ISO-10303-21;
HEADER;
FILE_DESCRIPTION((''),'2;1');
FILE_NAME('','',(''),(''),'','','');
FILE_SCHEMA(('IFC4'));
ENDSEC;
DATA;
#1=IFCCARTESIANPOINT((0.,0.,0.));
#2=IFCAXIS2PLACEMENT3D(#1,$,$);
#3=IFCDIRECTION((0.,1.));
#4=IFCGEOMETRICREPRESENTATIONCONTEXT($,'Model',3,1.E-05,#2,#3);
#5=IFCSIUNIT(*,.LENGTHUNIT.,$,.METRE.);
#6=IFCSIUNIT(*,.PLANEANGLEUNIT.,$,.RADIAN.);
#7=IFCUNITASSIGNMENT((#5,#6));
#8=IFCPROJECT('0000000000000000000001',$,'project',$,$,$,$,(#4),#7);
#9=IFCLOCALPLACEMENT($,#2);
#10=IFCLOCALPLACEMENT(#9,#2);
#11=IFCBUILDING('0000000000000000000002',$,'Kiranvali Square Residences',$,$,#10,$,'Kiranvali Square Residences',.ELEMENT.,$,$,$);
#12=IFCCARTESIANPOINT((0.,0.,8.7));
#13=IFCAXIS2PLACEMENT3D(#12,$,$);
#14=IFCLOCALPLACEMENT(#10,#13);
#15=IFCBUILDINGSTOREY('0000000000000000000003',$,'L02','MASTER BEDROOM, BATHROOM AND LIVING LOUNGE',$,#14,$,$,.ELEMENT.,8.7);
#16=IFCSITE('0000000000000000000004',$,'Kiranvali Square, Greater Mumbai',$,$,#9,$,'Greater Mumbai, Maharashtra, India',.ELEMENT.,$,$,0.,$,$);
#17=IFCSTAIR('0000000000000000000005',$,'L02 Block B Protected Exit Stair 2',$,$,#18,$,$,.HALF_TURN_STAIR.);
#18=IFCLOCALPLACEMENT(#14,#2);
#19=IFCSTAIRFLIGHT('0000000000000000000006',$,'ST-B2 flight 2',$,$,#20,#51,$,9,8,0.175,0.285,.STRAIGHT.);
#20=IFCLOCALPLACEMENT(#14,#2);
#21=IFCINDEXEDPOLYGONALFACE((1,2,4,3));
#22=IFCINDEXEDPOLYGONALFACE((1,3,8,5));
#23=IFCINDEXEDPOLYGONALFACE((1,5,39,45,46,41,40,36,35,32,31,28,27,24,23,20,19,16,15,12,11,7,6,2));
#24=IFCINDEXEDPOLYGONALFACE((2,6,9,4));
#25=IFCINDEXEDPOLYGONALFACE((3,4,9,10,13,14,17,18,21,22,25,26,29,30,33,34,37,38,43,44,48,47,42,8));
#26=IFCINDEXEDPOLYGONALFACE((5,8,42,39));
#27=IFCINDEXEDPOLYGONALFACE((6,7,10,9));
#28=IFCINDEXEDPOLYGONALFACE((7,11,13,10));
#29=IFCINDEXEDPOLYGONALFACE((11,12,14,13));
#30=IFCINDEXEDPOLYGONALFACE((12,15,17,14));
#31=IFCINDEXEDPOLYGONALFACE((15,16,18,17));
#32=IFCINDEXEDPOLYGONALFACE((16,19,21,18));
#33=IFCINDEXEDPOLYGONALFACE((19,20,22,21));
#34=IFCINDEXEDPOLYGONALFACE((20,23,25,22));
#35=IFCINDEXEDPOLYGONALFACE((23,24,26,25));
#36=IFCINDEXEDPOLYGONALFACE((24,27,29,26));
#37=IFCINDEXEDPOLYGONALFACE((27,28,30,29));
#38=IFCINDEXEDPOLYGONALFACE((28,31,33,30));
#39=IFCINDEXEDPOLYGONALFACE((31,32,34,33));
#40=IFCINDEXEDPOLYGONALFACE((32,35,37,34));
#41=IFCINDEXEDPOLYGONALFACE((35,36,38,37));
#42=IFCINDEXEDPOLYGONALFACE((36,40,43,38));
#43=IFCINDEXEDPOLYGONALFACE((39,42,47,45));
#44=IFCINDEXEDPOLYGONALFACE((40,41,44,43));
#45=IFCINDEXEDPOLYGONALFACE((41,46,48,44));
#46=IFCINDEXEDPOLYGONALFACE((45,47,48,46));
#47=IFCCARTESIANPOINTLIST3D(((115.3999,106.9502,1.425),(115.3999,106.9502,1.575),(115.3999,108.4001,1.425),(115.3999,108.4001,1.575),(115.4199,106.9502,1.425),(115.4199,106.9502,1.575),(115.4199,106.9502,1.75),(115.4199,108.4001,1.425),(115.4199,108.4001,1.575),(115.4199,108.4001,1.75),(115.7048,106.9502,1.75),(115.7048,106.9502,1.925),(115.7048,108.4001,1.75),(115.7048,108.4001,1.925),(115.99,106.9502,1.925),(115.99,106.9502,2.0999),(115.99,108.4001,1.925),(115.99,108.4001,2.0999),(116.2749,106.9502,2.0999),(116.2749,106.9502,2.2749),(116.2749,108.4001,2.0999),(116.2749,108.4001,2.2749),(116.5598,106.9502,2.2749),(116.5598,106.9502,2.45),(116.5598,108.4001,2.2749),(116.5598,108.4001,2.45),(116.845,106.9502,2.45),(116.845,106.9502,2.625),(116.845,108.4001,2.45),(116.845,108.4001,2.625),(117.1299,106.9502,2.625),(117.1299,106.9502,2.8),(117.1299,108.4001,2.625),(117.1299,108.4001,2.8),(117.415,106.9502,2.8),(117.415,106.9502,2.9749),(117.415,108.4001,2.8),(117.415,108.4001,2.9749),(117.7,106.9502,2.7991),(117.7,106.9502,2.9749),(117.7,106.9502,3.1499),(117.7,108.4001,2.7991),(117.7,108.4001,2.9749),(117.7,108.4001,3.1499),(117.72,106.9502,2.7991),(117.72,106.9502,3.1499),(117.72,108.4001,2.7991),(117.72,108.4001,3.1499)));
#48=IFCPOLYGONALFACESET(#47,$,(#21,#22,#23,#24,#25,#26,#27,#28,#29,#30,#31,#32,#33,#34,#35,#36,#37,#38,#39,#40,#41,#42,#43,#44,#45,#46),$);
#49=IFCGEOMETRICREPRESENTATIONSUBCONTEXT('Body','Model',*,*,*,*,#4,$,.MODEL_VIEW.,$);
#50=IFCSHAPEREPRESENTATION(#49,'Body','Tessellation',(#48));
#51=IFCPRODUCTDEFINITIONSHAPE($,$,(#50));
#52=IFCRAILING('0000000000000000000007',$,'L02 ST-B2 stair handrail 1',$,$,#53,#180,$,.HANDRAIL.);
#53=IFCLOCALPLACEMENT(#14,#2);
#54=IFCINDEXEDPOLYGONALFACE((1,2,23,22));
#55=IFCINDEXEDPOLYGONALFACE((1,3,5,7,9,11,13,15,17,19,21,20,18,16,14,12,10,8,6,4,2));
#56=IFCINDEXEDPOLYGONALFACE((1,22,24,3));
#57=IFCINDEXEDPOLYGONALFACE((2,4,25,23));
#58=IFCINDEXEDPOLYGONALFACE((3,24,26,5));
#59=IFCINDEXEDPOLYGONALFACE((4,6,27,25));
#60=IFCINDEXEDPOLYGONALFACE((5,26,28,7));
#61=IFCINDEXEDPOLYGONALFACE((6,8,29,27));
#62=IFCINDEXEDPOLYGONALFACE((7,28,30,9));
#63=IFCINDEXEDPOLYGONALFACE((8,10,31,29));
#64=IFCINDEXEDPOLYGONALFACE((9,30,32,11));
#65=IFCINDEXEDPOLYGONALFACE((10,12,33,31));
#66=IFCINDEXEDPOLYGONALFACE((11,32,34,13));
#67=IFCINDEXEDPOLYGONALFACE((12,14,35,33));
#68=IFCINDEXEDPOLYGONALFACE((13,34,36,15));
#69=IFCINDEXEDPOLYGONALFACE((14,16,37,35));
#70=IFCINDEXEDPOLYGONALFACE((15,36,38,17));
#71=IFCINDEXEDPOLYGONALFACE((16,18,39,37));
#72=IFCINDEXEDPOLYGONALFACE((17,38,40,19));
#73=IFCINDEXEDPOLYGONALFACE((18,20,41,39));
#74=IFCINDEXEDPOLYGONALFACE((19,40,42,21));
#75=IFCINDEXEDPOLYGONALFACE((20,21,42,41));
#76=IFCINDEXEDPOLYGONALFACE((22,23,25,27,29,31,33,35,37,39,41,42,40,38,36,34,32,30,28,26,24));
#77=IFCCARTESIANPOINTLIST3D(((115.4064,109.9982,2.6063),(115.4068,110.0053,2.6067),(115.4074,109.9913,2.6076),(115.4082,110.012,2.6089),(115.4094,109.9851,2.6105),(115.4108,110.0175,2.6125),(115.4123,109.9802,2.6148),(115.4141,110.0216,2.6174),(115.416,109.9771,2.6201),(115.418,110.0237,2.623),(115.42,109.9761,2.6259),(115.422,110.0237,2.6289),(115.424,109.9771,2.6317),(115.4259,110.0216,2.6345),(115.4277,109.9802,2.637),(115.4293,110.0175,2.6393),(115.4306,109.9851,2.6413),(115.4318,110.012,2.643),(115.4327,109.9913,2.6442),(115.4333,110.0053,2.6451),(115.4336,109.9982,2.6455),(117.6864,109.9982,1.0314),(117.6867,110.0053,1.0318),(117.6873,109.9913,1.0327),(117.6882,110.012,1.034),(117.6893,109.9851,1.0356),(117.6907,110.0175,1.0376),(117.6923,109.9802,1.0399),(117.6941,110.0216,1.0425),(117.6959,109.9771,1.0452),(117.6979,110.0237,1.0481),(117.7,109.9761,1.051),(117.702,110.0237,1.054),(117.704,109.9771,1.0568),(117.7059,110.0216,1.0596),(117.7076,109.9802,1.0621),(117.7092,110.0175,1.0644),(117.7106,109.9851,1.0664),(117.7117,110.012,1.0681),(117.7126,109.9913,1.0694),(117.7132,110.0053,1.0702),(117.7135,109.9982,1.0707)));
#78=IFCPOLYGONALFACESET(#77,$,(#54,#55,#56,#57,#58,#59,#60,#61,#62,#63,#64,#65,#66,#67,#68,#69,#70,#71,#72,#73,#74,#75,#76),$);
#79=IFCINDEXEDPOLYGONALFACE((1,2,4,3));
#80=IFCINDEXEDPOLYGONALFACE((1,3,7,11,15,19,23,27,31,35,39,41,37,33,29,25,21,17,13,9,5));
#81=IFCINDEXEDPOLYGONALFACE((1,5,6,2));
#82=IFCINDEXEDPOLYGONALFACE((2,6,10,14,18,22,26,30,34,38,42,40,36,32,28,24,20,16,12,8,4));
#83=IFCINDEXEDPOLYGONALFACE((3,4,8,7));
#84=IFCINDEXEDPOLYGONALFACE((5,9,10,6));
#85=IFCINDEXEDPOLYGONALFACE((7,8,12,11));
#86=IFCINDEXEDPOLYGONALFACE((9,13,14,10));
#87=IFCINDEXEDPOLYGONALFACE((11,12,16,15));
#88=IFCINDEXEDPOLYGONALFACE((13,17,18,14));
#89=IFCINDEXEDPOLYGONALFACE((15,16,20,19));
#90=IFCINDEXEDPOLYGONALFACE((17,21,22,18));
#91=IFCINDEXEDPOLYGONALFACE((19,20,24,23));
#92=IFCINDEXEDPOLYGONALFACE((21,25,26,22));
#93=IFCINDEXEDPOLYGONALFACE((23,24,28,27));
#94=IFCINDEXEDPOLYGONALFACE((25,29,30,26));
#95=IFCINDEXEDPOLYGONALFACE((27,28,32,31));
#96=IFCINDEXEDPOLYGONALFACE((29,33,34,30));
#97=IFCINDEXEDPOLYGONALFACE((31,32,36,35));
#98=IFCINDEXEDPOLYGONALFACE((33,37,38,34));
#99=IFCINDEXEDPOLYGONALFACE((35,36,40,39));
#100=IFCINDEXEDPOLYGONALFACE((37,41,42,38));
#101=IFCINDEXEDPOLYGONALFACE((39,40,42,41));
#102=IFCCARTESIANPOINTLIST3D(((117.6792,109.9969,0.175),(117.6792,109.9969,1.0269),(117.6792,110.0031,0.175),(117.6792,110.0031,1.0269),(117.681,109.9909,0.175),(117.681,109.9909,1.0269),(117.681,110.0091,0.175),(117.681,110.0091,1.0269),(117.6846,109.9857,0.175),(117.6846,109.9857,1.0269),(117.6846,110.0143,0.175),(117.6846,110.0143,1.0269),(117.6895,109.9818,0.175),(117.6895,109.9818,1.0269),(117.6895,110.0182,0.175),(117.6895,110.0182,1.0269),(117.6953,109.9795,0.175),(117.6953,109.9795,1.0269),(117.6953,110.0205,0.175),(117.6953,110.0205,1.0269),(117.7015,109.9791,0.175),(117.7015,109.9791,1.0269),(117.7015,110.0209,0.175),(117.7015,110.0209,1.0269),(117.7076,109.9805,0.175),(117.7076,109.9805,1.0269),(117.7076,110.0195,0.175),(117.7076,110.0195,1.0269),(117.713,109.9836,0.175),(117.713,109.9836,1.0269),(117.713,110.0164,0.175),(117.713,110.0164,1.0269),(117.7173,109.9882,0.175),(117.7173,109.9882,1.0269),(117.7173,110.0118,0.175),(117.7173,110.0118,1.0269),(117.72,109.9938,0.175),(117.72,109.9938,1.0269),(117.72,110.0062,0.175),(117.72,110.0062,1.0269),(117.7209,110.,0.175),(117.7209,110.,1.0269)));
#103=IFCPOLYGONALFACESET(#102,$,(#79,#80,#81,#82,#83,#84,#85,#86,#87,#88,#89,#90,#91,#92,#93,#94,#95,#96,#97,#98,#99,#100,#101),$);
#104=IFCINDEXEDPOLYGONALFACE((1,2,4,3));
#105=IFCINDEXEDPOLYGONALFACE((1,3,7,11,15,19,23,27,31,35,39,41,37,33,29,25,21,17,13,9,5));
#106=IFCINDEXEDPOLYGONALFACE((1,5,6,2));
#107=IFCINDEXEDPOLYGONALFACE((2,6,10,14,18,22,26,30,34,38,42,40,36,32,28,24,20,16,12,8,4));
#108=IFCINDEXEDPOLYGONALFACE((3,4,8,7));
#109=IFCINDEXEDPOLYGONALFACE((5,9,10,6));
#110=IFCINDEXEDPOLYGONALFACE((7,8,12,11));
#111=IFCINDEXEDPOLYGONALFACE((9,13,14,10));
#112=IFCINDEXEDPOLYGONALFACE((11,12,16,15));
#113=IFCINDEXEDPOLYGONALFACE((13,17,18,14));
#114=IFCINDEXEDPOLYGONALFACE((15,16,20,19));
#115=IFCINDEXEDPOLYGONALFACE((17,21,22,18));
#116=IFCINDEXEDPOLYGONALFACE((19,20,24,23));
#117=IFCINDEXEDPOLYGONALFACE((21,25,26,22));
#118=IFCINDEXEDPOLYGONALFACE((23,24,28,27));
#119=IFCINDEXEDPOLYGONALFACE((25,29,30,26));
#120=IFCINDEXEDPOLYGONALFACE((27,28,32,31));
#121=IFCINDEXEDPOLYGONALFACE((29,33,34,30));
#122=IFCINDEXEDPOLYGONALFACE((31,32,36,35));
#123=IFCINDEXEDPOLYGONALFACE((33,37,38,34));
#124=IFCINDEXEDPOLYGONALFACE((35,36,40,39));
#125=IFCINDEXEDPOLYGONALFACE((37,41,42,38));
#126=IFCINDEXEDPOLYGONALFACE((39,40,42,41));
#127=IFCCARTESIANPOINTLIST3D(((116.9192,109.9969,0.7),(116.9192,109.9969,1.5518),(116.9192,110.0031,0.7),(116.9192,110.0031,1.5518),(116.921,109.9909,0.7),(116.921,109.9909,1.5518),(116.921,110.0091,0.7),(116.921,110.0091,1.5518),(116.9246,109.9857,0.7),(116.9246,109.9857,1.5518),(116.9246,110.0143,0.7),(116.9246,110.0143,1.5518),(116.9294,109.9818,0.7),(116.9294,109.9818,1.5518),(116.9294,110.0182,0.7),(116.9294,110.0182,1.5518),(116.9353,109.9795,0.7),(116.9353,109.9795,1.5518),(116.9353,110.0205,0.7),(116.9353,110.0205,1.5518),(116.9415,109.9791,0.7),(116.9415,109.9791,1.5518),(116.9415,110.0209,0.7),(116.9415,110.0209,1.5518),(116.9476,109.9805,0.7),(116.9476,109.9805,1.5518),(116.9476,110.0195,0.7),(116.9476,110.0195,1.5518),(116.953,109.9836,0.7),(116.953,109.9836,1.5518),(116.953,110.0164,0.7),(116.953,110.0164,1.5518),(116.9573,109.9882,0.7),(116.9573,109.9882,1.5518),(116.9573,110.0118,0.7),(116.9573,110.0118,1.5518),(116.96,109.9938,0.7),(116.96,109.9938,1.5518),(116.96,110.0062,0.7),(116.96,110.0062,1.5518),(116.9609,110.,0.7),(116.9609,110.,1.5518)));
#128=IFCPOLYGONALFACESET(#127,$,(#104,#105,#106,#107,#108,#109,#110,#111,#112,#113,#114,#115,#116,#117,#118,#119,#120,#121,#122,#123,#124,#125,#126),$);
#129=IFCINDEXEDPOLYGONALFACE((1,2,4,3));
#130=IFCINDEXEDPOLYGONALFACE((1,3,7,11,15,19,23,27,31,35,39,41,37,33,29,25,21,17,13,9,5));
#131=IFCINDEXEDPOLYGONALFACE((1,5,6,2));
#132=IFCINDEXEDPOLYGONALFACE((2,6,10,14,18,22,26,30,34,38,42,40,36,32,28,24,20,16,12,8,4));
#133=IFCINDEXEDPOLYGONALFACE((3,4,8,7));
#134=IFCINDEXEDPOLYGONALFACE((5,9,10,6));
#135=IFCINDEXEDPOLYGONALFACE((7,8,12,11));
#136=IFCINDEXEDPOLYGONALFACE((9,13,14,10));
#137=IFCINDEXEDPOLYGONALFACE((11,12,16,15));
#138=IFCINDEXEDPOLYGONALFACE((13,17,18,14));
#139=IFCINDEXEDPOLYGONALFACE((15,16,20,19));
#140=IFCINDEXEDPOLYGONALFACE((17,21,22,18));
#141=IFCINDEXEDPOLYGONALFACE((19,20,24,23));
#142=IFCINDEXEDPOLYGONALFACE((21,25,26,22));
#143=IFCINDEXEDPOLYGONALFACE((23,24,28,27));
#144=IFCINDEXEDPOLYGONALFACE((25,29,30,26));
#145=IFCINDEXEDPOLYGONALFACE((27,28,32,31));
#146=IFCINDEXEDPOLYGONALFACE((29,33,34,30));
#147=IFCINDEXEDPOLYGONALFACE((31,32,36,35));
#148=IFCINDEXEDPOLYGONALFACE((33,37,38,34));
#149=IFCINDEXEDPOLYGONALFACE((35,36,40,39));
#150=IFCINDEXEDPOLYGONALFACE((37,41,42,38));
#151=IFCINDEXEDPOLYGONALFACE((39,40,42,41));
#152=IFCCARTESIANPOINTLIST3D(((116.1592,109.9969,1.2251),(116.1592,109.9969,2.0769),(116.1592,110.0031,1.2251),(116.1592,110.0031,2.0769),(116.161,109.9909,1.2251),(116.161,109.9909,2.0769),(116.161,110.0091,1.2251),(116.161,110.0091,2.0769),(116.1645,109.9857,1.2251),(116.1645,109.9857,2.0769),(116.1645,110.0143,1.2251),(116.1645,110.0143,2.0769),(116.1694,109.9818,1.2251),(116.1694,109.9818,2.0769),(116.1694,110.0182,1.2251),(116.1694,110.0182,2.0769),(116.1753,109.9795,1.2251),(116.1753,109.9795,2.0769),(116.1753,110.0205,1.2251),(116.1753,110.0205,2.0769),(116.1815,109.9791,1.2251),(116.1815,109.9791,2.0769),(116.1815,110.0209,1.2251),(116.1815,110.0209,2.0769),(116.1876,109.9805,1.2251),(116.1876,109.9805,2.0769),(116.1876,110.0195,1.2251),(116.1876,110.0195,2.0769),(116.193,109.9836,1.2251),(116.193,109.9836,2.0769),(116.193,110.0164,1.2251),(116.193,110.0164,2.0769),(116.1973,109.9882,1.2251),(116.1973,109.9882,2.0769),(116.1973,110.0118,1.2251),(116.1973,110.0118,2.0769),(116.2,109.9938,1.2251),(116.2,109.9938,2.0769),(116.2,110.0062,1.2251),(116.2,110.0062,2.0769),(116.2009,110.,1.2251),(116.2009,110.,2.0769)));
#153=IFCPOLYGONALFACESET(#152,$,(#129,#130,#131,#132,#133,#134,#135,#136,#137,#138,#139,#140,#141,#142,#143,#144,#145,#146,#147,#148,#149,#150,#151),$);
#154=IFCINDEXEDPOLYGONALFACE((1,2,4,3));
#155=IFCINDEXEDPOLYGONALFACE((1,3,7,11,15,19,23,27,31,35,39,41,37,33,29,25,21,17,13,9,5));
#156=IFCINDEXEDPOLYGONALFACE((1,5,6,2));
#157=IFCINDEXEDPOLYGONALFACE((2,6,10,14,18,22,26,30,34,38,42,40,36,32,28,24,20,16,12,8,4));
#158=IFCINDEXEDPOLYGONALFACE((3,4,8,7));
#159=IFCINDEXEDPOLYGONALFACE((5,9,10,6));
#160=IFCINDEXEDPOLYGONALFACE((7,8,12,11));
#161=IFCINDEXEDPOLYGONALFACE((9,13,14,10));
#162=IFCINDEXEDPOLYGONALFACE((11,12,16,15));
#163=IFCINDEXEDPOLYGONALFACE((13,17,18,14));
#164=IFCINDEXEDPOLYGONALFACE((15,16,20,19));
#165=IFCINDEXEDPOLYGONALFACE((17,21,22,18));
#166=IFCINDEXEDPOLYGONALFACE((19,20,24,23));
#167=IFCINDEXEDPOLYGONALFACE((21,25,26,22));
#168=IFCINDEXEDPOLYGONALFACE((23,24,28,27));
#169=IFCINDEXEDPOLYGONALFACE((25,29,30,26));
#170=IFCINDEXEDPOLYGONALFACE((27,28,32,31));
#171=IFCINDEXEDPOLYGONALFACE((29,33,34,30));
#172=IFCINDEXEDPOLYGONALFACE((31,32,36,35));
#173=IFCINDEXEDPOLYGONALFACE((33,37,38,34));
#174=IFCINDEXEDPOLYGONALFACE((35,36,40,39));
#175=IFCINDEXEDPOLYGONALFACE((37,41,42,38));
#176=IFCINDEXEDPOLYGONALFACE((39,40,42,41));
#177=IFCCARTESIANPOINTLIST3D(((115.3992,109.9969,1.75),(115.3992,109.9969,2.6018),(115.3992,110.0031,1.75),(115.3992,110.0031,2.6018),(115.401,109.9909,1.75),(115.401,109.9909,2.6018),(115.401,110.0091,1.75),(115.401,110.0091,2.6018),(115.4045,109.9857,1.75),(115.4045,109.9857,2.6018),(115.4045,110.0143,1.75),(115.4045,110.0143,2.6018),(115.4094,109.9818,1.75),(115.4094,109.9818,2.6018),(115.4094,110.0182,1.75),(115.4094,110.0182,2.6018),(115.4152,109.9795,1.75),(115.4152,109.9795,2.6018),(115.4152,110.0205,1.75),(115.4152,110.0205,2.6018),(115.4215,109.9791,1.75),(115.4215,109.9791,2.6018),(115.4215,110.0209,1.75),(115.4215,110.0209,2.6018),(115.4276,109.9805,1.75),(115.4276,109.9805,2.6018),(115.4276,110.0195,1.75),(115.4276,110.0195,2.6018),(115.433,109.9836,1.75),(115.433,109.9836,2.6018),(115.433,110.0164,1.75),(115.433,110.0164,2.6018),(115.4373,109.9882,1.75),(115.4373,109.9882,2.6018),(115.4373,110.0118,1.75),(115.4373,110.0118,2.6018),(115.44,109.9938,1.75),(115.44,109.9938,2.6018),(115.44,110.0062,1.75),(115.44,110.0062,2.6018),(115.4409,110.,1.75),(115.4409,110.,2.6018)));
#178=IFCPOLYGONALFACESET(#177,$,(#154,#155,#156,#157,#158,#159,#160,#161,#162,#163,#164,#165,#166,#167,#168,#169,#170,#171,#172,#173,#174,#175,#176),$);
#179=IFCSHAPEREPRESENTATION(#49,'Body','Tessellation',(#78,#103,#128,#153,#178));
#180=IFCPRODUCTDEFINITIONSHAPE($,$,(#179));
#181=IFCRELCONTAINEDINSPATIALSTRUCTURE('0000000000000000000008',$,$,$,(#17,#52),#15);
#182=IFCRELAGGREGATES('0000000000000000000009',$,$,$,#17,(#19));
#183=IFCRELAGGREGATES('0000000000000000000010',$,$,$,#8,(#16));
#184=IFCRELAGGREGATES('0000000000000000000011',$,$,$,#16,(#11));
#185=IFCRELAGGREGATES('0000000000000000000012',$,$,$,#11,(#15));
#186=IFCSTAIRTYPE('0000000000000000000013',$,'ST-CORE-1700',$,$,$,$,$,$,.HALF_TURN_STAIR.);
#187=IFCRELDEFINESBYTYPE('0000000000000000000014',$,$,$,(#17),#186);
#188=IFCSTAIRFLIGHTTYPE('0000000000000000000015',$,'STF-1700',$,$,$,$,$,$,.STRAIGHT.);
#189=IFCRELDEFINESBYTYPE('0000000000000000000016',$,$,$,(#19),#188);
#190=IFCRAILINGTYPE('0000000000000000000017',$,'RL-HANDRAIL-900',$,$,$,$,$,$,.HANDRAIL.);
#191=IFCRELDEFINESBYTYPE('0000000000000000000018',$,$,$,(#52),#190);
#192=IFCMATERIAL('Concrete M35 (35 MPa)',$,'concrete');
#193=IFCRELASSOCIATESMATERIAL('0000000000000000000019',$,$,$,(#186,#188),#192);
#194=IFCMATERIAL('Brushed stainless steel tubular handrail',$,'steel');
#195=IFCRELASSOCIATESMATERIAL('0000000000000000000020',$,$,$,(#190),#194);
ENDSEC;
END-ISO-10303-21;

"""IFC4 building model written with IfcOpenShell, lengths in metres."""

from ifc_helpers import new_model, si_unit, direction, frame, origin, origin_2d, place, context, subcontext, project, spatial, polyline, circle, outline, extrude, material, type_object, element, aggregate, save


model = new_model("IFC4")

# Units and contexts
model_context = context("Model", 3, precision=1e-05, world=origin(), true_north=direction((0.0, 1.0)))
body_context = subcontext(model_context, "Body", "Model", "MODEL_VIEW")
ifc_project = project(units=[si_unit("LENGTHUNIT", "METRE"), si_unit("PLANEANGLEUNIT", "RADIAN")], contexts=[model_context])

# Site, building, storey
site_placement = place(None, origin())
site = spatial("IfcSite", under=ifc_project, at=site_placement, Name="Kiranvali Square, Greater Mumbai", LongName="Greater Mumbai, Maharashtra, India", CompositionType="ELEMENT", RefElevation=0.0)
building_placement = place(site_placement, origin())
building = spatial("IfcBuilding", under=site, at=building_placement, Name="Kiranvali Square Residences", LongName="Kiranvali Square Residences", CompositionType="ELEMENT")
storey_placement = place(building_placement, frame((0.0, 0.0, 8.7)))
storey = spatial("IfcBuildingStorey", under=building, at=storey_placement, Name="L02", Description="MASTER BEDROOM, BATHROOM AND LIVING LOUNGE", CompositionType="ELEMENT", Elevation=8.7)

# Stair, stair flight
ifc_material_1 = material(Name="Concrete M35 (35 MPa)", Category="concrete")
stair_type = type_object("IfcStairType", Name="ST-CORE-1700", PredefinedType="HALF_TURN_STAIR", material=ifc_material_1)
stair_placement = place(storey_placement, origin())
stair = element("IfcStair", 1, at=stair_placement, inside=storey, type_object=stair_type, Name="L02 Block B Protected Exit Stair 2", PredefinedType="HALF_TURN_STAIR")
stair_flight_type = type_object("IfcStairFlightType", Name="STF-1700", PredefinedType="STRAIGHT", material=ifc_material_1)
stair_flight_1_placement = place(storey_placement, frame((115.4199, 107.675, 1.575), z_axis=(0.0, 0.0, 1.0), x_axis=(1.0, 0.0, 0.0)))
stair_flight_1 = element("IfcStairFlight", 2, at=stair_flight_1_placement, type_object=stair_flight_type, Name="ST-B2 flight 2", NumberOfRisers=9, NumberOfTreads=8, PredefinedType="STRAIGHT", RiserHeight=0.175, TreadLength=0.285, context=body_context, shape_type="SweptSolid", body=[
    extrude(outline(polyline([(-0.02, -0.1499), (-0.02, 0.0), (0.0, 0.0), (0.0, 0.175), (0.2849, 0.175), (0.2849, 0.3501), (0.5701, 0.3501), (0.5701, 0.5249), (0.855, 0.5249), (0.855, 0.7), (1.1399, 0.7), (1.1399, 0.875), (1.425, 0.875), (1.425, 1.05), (1.71, 1.05), (1.71, 1.2251), (1.9951, 1.2251), (1.9951, 1.3999), (2.28, 1.3999), (2.28, 1.575), (2.3, 1.575), (2.3, 1.2241), (2.28, 1.2241), (0.0, -0.1499), (-0.02, -0.1499)])), frame((0.0, 0.7251, 0.0), z_axis=(0.0, -1.0, 0.0), x_axis=(1.0, 0.0, 0.0)), (0.0, 0.0, 1.0), 1.45),
])
aggregate(stair, [stair_flight_1])

# Railing
ifc_material_2 = material(Name="Brushed stainless steel tubular handrail", Category="steel")
railing_type_1 = type_object("IfcRailingType", Name="RL-HANDRAIL-900", PredefinedType="HANDRAIL", material=ifc_material_2)
railing_1_placement = place(storey_placement, frame((117.7, 110.0, 0.175)))
element("IfcRailing", 3, at=railing_1_placement, inside=storey, type_object=railing_type_1, Name="L02 ST-B2 stair handrail 1", PredefinedType="HANDRAIL", context=body_context, shape_type="SweptSolid", body=[
    extrude(circle(Radius=0.0239, at=origin_2d()), frame((0.0, 0.0, 0.876), z_axis=(-0.822788, 0.0, 0.568348), x_axis=(0.0, -1.0, 0.0)), (0.0, 0.0, 1.0), 2.771),
    extrude(circle(Radius=0.021, at=origin_2d()), origin(), (0.0, 0.0, 1.0), 0.8518),
    extrude(circle(Radius=0.021, at=origin_2d()), frame((-0.76, 0.0, 0.5249)), (0.0, 0.0, 1.0), 0.8518),
    extrude(circle(Radius=0.021, at=origin_2d()), frame((-1.52, 0.0, 1.05)), (0.0, 0.0, 1.0), 0.8518),
    extrude(circle(Radius=0.021, at=origin_2d()), frame((-2.28, 0.0, 1.575)), (0.0, 0.0, 1.0), 0.8518),
])

save(model, "model.ifc")
